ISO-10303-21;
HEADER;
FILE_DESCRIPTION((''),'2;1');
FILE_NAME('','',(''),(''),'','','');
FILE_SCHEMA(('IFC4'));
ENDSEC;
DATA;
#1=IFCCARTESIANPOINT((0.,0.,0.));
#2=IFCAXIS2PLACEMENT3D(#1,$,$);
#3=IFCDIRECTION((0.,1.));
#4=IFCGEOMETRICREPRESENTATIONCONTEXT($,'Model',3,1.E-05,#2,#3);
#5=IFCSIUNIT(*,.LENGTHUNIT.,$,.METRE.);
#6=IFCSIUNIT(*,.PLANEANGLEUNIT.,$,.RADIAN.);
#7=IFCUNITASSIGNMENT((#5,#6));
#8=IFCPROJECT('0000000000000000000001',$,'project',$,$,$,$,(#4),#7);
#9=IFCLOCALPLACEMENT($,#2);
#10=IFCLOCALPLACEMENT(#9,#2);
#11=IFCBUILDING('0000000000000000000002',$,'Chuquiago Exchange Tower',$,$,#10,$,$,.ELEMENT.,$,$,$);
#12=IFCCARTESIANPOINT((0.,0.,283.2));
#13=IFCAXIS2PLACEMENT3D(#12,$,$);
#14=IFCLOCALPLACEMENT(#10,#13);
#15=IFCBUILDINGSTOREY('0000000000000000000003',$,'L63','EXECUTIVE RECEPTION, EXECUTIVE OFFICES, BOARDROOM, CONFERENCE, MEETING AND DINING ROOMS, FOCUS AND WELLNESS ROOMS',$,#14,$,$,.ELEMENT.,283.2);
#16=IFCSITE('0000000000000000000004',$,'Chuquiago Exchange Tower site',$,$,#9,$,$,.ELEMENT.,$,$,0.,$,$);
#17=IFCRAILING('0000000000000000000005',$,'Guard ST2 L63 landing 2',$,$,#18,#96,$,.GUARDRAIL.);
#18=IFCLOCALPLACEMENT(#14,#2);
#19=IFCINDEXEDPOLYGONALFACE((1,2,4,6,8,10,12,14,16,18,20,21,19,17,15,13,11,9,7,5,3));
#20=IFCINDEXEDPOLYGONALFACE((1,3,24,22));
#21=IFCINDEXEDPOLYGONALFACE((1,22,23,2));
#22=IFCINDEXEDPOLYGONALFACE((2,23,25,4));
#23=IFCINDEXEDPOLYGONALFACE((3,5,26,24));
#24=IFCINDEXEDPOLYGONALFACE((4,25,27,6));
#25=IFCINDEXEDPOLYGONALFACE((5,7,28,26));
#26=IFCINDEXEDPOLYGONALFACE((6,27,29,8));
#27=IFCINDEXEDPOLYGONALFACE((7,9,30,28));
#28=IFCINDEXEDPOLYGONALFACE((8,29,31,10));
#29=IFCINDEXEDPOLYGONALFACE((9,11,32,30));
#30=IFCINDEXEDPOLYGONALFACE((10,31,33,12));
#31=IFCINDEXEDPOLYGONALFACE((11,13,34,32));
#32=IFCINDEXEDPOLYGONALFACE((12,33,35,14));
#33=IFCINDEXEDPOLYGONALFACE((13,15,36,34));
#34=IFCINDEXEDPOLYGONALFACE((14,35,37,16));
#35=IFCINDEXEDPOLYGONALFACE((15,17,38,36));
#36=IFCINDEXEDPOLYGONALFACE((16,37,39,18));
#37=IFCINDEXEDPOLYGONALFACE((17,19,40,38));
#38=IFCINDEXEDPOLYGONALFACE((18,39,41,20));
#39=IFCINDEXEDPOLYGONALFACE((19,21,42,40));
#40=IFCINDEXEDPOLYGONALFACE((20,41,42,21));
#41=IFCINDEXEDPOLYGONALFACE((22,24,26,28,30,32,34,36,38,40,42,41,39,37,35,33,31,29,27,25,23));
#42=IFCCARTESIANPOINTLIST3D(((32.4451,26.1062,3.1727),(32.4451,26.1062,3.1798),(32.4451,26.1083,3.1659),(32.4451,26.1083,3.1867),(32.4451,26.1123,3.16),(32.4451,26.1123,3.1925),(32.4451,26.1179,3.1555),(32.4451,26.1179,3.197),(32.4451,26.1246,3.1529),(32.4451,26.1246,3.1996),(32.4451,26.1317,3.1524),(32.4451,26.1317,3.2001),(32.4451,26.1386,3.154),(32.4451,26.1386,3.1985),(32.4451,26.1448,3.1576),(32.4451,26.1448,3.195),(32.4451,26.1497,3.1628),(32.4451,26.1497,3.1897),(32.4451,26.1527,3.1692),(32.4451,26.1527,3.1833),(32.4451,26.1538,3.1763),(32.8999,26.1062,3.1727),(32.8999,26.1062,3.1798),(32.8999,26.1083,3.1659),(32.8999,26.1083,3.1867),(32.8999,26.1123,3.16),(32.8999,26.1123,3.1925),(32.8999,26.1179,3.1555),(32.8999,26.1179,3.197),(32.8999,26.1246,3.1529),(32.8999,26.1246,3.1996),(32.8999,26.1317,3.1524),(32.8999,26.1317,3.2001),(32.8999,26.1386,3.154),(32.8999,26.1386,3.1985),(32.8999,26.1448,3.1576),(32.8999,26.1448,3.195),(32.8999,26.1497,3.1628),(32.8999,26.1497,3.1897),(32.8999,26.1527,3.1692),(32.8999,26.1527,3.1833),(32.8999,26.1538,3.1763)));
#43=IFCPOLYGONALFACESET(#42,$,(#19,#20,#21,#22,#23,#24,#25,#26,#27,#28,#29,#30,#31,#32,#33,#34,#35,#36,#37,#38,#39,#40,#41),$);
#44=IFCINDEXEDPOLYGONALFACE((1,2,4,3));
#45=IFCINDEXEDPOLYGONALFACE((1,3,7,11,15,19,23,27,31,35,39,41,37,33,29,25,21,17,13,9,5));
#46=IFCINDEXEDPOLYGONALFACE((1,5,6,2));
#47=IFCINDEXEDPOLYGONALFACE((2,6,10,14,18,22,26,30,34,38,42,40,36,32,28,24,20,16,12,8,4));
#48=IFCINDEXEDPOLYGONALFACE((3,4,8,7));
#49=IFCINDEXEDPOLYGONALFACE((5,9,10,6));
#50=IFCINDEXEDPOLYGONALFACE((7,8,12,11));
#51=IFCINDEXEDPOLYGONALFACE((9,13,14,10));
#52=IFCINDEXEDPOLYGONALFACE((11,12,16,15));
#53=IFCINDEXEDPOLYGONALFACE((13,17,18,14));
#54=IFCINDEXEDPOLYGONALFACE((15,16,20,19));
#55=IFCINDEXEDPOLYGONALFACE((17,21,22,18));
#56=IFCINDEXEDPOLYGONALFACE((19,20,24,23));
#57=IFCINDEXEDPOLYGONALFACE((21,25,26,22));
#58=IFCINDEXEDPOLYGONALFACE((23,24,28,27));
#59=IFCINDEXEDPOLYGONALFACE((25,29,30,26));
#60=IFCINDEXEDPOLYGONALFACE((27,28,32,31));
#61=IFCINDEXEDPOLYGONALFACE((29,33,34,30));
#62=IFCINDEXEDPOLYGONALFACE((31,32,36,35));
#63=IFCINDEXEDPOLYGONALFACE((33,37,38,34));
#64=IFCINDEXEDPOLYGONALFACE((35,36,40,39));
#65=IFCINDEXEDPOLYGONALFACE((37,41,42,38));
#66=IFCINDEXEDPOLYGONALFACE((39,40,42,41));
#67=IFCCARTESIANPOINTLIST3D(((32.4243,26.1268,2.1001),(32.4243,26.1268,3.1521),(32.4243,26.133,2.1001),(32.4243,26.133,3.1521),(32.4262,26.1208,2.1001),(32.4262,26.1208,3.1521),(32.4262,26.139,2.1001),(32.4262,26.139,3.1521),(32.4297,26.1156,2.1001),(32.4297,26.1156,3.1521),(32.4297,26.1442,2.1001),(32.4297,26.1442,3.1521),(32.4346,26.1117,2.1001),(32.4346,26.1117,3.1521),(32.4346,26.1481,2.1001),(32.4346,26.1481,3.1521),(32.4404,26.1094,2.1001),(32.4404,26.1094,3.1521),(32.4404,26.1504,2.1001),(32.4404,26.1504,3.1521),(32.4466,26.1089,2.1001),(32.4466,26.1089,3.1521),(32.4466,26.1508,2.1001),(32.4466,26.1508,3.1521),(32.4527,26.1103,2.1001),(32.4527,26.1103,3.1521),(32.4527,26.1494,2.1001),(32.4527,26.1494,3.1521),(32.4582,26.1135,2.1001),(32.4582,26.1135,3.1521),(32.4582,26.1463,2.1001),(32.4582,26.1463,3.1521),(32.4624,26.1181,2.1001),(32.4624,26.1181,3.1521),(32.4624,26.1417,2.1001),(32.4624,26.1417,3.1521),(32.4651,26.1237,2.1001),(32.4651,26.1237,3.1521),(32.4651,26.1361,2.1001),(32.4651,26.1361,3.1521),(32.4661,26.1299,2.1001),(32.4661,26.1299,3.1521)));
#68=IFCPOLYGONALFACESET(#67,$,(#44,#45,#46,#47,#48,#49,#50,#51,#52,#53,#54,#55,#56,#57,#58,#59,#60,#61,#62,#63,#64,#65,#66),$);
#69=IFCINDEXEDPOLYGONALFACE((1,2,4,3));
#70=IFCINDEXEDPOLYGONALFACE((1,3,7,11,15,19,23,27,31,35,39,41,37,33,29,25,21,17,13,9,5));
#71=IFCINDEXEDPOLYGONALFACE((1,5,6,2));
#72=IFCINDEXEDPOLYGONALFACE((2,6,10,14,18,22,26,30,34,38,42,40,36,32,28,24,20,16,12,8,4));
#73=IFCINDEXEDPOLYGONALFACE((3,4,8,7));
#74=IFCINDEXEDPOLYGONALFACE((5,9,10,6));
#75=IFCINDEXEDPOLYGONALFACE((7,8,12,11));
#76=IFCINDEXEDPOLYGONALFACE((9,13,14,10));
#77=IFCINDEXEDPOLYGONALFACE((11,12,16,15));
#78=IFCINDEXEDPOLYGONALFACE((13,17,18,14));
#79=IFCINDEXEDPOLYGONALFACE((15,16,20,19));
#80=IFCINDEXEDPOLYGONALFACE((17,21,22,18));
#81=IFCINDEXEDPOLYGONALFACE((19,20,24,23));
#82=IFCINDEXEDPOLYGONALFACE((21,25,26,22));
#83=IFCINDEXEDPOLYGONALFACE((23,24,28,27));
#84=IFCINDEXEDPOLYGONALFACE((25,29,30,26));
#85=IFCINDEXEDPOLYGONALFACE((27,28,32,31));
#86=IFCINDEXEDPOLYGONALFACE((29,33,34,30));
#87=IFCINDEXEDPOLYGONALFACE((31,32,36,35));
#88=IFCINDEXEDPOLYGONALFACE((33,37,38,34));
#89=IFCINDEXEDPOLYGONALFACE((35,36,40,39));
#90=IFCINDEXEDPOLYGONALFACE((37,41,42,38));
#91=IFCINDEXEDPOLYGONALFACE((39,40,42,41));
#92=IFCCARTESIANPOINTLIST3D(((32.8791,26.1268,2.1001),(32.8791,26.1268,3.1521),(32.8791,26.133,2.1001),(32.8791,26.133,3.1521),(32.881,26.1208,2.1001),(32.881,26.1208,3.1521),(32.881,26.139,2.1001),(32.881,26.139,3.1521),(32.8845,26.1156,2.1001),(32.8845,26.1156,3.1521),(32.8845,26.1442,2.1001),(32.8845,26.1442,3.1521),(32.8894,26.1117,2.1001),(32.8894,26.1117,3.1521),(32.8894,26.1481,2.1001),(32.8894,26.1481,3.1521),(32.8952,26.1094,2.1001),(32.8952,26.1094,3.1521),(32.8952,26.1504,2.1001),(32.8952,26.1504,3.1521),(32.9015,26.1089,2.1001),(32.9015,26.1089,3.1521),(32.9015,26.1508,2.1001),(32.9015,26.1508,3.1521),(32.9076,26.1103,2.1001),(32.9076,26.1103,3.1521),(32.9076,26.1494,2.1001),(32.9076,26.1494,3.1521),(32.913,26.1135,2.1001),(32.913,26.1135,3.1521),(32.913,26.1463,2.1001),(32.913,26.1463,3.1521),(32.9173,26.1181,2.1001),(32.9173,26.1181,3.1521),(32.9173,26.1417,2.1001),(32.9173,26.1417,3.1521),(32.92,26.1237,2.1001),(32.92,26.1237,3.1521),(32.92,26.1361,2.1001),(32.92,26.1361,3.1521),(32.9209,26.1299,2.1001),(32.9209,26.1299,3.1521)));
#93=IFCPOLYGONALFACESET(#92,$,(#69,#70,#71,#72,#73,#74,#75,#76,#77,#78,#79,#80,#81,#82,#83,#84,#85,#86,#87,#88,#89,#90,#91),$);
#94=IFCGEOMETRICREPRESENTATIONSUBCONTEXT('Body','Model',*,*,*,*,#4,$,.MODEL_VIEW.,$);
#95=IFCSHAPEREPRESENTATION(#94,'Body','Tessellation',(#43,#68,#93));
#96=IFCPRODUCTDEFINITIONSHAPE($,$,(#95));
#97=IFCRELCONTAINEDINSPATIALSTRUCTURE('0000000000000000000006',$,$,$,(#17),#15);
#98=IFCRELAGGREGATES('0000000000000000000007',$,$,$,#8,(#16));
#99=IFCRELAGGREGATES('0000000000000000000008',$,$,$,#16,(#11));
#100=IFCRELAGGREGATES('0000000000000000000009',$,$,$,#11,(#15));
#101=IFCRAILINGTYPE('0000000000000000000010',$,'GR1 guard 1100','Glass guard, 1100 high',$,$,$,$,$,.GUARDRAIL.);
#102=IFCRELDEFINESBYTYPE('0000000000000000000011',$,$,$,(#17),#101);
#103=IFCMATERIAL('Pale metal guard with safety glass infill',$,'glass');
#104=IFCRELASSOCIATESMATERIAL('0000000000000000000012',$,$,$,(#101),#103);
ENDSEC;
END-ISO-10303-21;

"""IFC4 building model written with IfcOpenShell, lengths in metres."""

from ifc_helpers import new_model, si_unit, direction, frame, origin, origin_2d, place, context, subcontext, project, spatial, circle, extrude, material, type_object, element, save


model = new_model("IFC4")

# Units and contexts
model_context = context("Model", 3, precision=1e-05, world=origin(), true_north=direction((0.0, 1.0)))
body_context = subcontext(model_context, "Body", "Model", "MODEL_VIEW")
ifc_project = project(units=[si_unit("LENGTHUNIT", "METRE"), si_unit("PLANEANGLEUNIT", "RADIAN")], contexts=[model_context])

# Site, building, storey
site_placement = place(None, origin())
site = spatial("IfcSite", under=ifc_project, at=site_placement, Name="Chuquiago Exchange Tower site", CompositionType="ELEMENT", RefElevation=0.0)
building_placement = place(site_placement, origin())
building = spatial("IfcBuilding", under=site, at=building_placement, Name="Chuquiago Exchange Tower", CompositionType="ELEMENT")
storey_placement = place(building_placement, frame((0.0, 0.0, 283.2)))
storey = spatial("IfcBuildingStorey", under=building, at=storey_placement, Name="L63", Description="EXECUTIVE RECEPTION, EXECUTIVE OFFICES, BOARDROOM, CONFERENCE, MEETING AND DINING ROOMS, FOCUS AND WELLNESS ROOMS", CompositionType="ELEMENT", Elevation=283.2)

# Railing
ifc_material_1 = material(Name="Pale metal guard with safety glass infill", Category="glass")
railing_type_1 = type_object("IfcRailingType", Name="GR1 guard 1100", Description="Glass guard, 1100 high", PredefinedType="GUARDRAIL", material=ifc_material_1)
railing_1_placement = place(storey_placement, frame((32.4451, 26.1299, 2.1001)))
element("IfcRailing", 1, at=railing_1_placement, inside=storey, type_object=railing_type_1, Name="Guard ST2 L63 landing 2", PredefinedType="GUARDRAIL", context=body_context, shape_type="SweptSolid", body=[
    extrude(circle(Radius=0.0239, at=origin_2d()), frame((0.0, 0.0, 1.0762), z_axis=(1.0, 0.0, 0.0), x_axis=(0.0, 1.0, 0.0)), (0.0, 0.0, 1.0), 0.4548),
    extrude(circle(Radius=0.021, at=origin_2d()), origin(), (0.0, 0.0, 1.0), 1.052),
    extrude(circle(Radius=0.021, at=origin_2d()), frame((0.4548, 0.0, 0.0)), (0.0, 0.0, 1.0), 1.052),
])

save(model, "model.ifc")
